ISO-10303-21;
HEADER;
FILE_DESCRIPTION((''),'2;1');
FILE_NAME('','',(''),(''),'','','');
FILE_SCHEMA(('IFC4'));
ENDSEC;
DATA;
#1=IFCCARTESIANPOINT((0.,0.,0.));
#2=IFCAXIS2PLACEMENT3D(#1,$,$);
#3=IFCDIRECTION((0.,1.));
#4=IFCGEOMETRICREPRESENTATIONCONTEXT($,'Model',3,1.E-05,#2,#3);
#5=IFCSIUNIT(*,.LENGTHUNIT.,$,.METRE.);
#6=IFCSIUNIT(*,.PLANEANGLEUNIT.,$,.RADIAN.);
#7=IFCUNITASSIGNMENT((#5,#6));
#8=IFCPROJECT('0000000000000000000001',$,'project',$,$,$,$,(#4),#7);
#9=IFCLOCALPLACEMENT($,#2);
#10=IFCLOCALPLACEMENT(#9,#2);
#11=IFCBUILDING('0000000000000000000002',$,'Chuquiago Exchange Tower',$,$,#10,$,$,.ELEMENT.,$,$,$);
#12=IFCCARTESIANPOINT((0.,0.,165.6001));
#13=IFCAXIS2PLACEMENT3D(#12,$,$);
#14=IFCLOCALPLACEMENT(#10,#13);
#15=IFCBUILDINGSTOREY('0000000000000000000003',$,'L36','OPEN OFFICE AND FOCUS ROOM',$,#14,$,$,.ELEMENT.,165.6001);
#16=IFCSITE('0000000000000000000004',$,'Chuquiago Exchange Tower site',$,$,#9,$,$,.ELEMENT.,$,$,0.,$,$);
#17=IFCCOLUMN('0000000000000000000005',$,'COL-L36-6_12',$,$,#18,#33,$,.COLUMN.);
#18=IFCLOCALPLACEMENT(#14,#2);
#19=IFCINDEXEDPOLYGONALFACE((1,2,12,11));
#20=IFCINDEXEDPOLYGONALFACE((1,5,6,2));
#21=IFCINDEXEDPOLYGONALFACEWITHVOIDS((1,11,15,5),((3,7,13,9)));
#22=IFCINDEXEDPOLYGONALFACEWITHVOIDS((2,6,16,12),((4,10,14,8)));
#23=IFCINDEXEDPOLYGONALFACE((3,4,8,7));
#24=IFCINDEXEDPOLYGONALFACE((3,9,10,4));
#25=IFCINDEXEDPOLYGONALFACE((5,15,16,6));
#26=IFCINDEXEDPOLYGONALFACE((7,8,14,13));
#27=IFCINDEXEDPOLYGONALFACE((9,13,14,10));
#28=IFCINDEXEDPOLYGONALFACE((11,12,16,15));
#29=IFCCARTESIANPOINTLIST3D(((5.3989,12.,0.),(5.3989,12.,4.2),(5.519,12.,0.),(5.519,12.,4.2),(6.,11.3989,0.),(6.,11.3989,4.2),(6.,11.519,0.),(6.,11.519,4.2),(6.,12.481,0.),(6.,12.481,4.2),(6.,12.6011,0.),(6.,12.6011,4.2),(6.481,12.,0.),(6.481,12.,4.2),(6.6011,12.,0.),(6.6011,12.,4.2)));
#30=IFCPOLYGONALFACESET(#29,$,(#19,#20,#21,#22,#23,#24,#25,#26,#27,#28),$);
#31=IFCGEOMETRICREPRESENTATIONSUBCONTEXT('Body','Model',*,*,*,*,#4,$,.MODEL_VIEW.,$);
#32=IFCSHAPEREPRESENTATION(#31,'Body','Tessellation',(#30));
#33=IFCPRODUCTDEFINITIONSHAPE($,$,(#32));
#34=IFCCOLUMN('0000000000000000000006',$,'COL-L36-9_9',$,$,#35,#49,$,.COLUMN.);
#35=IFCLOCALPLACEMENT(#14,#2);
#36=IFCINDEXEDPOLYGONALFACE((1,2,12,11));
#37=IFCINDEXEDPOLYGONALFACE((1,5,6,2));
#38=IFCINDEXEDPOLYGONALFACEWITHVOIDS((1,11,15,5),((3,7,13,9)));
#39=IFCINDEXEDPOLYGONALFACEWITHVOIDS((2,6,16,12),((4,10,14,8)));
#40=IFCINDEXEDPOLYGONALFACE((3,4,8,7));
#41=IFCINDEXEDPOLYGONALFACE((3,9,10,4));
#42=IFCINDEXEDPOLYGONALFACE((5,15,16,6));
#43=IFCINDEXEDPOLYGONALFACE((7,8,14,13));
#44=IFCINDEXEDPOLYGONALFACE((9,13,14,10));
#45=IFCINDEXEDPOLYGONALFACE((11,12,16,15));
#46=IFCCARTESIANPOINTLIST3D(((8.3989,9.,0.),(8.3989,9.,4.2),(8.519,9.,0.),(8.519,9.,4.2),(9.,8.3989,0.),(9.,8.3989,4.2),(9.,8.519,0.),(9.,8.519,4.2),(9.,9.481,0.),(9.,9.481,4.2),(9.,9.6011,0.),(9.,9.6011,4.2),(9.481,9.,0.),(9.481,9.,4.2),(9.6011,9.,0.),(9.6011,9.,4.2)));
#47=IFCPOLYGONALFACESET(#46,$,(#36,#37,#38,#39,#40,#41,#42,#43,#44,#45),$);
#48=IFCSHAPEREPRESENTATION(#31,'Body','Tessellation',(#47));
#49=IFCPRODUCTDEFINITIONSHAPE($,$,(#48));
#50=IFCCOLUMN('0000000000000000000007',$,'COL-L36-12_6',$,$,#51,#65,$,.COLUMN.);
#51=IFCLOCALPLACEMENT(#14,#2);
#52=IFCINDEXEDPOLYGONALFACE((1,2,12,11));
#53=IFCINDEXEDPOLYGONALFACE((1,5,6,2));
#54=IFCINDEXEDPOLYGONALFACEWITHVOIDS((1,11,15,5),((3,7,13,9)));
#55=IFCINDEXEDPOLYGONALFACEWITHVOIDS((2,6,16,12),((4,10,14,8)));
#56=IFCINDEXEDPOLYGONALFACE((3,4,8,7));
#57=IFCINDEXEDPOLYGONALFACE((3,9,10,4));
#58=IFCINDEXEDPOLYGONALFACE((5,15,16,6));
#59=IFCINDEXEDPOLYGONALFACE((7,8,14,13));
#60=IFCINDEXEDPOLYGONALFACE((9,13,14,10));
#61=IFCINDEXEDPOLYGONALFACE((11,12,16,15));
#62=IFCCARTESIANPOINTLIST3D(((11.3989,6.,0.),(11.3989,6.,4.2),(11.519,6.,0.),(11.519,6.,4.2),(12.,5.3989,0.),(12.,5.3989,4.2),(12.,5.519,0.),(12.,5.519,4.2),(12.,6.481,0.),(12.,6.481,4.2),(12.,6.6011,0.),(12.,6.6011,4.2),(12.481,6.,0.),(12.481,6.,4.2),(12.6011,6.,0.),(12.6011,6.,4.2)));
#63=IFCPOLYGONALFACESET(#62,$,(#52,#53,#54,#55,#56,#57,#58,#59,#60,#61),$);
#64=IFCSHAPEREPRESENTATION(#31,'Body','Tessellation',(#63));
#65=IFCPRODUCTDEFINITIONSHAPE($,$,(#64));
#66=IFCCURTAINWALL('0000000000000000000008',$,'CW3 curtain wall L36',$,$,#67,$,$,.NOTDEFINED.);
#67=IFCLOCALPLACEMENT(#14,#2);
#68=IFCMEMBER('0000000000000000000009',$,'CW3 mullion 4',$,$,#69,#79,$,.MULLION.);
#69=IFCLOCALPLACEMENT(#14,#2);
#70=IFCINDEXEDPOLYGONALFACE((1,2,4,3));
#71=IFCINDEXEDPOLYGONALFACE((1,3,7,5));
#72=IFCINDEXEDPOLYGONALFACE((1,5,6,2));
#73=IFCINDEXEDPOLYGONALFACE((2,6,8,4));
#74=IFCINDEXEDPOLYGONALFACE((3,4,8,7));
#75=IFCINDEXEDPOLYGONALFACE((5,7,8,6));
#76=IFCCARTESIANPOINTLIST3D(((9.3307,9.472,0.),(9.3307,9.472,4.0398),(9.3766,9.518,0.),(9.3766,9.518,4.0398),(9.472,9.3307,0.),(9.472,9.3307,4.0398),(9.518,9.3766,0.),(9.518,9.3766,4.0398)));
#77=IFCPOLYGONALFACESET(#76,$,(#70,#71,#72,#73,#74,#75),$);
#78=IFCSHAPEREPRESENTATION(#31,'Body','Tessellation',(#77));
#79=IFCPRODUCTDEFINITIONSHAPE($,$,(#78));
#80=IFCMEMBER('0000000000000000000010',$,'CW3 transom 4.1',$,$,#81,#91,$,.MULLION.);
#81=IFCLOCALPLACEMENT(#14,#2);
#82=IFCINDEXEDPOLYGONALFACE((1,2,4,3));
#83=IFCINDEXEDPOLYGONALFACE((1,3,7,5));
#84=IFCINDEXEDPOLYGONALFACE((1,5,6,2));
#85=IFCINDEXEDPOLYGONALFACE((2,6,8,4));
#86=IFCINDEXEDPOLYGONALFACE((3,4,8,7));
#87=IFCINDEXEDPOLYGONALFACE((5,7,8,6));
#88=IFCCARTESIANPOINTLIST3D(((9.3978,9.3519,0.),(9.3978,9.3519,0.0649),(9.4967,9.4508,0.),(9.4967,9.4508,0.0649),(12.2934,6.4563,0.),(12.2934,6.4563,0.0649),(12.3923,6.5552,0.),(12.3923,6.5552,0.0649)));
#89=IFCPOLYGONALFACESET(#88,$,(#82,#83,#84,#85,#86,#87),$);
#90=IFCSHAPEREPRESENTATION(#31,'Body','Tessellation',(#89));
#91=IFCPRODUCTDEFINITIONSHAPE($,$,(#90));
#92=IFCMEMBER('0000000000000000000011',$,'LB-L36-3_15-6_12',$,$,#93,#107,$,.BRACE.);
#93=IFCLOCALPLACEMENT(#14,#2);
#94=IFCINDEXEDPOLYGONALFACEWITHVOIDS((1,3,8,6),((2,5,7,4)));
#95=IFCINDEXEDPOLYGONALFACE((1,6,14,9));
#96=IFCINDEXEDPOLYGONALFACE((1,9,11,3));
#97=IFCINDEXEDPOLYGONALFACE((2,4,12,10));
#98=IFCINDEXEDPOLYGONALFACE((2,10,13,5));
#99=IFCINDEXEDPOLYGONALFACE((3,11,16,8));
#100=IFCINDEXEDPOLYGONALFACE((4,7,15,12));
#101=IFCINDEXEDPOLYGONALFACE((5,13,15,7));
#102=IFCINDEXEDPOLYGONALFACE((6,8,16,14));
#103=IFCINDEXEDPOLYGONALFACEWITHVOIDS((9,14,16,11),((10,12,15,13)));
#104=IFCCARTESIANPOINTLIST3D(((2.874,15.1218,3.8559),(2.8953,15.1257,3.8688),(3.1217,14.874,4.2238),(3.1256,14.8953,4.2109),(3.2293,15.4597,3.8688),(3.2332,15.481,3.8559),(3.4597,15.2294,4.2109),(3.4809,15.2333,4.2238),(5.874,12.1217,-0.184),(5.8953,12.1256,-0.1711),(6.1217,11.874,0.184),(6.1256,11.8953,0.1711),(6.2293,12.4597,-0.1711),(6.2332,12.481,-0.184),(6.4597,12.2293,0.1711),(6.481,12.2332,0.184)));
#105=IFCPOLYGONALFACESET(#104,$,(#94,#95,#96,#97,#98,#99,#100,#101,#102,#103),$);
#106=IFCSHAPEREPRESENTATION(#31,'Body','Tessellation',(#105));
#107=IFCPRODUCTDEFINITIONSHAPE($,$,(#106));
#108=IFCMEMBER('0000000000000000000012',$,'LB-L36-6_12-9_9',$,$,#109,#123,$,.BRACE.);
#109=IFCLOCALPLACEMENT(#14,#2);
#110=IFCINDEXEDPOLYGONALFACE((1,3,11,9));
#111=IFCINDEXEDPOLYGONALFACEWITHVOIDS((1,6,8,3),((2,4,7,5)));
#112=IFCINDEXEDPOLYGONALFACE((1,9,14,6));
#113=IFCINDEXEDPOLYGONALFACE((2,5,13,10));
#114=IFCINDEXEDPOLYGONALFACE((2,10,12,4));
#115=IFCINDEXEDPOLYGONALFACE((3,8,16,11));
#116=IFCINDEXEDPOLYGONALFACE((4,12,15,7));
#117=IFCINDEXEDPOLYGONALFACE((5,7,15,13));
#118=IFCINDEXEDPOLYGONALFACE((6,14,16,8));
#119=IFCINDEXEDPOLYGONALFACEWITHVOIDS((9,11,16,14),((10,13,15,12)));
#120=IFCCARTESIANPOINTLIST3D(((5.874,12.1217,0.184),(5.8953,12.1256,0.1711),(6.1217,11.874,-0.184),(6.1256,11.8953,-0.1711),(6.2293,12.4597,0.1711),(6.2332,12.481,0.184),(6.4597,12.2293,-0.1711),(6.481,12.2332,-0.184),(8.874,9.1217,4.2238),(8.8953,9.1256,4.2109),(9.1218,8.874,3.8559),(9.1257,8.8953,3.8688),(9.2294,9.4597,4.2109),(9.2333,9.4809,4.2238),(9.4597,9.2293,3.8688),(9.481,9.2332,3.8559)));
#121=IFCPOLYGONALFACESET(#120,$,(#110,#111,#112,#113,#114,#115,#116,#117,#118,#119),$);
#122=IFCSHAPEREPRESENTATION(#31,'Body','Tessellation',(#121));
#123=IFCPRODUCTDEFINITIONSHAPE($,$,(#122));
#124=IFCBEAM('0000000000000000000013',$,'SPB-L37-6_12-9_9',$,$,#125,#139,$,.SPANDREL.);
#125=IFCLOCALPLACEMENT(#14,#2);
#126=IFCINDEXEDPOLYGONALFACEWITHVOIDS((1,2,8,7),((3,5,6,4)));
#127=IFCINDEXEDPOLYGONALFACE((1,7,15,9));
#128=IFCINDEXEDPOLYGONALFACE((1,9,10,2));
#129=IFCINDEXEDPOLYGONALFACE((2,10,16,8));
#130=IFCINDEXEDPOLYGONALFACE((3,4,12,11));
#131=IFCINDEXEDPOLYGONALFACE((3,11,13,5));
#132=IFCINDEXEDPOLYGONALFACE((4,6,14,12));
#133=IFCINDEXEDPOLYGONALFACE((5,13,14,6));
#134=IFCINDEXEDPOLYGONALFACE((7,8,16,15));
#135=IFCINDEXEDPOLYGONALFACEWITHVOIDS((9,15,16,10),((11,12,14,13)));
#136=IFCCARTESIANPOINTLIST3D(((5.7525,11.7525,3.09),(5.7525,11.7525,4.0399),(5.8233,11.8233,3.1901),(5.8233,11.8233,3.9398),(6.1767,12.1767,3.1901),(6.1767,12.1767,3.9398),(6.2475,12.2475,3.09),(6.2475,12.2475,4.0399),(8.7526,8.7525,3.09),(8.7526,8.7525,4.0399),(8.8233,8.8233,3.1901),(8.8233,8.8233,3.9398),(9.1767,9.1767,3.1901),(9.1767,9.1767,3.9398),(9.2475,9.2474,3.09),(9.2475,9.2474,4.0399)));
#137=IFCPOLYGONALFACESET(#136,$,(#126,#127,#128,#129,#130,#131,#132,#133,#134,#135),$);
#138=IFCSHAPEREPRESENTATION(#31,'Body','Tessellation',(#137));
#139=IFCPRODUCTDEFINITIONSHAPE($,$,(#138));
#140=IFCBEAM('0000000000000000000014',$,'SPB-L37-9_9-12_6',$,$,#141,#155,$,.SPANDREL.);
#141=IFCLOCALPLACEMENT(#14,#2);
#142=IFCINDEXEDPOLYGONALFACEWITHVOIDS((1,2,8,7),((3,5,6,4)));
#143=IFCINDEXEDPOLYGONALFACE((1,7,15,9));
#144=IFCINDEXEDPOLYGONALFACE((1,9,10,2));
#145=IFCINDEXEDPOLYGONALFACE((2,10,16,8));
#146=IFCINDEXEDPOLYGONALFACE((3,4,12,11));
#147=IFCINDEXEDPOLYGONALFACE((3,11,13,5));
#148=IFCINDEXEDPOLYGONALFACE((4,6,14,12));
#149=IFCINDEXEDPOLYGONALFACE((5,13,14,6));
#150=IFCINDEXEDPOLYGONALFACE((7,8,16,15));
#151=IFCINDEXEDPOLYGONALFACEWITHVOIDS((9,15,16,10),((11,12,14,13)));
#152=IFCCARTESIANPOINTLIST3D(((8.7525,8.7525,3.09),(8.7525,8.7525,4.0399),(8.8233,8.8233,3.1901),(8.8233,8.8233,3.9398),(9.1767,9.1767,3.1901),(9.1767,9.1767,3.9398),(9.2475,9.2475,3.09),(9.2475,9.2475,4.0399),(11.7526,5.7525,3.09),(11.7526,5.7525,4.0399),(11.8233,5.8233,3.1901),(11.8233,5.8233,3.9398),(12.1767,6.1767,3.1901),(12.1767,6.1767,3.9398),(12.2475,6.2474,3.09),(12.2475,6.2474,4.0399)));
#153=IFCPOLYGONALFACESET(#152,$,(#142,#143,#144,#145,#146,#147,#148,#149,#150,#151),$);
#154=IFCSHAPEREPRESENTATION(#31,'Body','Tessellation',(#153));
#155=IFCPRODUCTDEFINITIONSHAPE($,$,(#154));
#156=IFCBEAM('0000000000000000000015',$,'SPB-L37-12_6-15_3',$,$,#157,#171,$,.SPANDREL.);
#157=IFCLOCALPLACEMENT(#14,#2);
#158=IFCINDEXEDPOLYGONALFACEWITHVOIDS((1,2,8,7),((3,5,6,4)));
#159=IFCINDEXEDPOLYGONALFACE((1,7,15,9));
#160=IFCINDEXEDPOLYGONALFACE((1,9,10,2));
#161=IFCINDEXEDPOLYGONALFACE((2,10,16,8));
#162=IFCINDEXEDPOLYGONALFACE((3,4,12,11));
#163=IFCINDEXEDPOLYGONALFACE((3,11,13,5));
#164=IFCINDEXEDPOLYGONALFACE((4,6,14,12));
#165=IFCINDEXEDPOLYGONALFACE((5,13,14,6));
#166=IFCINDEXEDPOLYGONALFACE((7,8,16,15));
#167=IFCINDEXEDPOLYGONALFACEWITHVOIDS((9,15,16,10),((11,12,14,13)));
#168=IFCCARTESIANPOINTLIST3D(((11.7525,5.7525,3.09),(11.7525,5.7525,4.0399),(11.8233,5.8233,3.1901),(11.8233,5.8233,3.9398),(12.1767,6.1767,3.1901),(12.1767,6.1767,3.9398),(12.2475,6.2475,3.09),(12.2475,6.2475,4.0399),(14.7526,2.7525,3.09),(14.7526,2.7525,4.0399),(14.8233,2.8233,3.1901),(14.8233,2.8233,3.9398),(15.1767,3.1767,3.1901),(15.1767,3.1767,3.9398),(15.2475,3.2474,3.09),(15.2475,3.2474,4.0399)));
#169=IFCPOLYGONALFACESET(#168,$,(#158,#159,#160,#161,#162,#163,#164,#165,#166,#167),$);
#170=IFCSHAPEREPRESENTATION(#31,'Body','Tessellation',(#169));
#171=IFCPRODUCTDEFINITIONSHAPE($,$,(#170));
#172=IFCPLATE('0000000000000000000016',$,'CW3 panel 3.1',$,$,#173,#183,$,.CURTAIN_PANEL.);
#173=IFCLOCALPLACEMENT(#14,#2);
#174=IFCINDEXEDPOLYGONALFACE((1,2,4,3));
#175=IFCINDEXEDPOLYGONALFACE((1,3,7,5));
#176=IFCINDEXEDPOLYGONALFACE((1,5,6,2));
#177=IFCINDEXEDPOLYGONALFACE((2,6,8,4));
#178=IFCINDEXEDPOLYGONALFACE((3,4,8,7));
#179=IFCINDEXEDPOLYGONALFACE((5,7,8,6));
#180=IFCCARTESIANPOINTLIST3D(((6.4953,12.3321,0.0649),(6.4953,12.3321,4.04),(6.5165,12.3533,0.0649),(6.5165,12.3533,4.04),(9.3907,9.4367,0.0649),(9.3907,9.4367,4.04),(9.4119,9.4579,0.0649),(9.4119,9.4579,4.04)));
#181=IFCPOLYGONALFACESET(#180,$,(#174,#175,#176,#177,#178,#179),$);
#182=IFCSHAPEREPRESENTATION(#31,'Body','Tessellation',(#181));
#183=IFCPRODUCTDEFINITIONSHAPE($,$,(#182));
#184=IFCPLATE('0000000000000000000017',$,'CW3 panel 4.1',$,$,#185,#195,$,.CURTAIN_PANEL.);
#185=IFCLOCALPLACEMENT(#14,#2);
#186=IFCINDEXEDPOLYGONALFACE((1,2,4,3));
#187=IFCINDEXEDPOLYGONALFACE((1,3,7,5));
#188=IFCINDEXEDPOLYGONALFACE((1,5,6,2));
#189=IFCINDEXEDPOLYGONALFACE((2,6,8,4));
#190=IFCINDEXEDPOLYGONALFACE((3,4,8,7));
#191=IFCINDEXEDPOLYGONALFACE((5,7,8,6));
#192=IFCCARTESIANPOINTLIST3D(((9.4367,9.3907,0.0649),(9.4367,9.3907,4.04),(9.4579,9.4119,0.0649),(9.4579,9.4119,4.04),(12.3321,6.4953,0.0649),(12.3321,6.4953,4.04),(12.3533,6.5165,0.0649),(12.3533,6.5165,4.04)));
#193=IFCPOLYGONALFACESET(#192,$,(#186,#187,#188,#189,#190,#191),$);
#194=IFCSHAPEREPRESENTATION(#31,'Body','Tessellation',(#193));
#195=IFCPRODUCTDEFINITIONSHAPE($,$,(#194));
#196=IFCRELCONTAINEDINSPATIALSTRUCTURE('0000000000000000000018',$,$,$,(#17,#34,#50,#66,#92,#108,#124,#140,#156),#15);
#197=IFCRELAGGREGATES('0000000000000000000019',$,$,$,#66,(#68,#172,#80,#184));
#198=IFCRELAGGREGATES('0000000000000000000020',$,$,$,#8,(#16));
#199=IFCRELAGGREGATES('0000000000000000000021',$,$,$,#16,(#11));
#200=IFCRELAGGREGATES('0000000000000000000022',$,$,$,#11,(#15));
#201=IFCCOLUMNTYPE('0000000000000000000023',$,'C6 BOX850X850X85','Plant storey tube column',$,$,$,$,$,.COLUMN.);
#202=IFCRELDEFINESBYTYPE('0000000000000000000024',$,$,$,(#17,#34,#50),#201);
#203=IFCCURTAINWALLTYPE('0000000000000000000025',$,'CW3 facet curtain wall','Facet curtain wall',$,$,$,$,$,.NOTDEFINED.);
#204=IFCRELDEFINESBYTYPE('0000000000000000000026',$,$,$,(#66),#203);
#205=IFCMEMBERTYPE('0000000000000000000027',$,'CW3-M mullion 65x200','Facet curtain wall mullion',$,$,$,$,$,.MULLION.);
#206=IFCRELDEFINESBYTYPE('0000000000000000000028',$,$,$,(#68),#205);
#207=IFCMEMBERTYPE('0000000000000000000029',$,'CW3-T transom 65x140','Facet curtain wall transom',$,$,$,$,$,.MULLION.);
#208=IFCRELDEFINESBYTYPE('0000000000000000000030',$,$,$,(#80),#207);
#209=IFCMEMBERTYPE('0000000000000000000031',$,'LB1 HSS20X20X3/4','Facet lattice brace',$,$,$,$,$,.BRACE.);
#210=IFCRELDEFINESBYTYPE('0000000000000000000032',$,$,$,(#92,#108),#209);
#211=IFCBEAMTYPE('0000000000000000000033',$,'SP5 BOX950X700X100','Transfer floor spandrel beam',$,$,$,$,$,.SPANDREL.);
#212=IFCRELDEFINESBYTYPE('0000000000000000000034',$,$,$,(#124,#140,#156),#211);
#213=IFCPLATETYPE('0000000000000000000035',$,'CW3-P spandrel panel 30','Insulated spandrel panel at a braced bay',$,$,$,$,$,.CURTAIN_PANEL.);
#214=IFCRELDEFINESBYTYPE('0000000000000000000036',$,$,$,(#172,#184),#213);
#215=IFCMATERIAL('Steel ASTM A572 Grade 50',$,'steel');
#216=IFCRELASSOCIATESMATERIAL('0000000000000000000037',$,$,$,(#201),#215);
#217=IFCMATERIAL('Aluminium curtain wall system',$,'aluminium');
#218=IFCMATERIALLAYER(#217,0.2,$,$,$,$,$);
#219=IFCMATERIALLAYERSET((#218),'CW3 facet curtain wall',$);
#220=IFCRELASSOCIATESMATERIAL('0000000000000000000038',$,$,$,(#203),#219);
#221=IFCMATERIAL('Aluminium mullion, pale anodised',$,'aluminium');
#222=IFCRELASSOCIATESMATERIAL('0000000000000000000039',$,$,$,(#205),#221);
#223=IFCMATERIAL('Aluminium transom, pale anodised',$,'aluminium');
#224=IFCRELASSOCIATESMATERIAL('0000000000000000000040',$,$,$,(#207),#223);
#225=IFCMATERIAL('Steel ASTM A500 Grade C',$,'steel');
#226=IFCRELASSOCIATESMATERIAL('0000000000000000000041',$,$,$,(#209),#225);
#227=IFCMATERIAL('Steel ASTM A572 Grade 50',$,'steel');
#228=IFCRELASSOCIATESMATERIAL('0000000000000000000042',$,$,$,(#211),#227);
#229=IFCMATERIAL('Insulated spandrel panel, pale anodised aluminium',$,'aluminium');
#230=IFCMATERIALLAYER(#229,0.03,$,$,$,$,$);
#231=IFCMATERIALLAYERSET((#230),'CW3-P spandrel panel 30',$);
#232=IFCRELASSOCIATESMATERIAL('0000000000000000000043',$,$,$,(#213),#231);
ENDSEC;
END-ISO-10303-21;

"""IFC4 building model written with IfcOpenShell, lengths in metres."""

from ifc_helpers import new_model, si_unit, direction, frame, origin, origin_2d, place, context, subcontext, project, spatial, rectangle, hollow_rectangle, extrude, material, layer, layer_set, material_profile, profile_set, type_object, element, aggregate, save


model = new_model("IFC4")

# Units and contexts
model_context = context("Model", 3, precision=1e-05, world=origin(), true_north=direction((0.0, 1.0)))
body_context = subcontext(model_context, "Body", "Model", "MODEL_VIEW")
ifc_project = project(units=[si_unit("LENGTHUNIT", "METRE"), si_unit("PLANEANGLEUNIT", "RADIAN")], contexts=[model_context])

# Site, building, storey
site_placement = place(None, origin())
site = spatial("IfcSite", under=ifc_project, at=site_placement, Name="Chuquiago Exchange Tower site", CompositionType="ELEMENT", RefElevation=0.0)
building_placement = place(site_placement, origin())
building = spatial("IfcBuilding", under=site, at=building_placement, Name="Chuquiago Exchange Tower", CompositionType="ELEMENT")
storey_placement = place(building_placement, frame((0.0, 0.0, 165.6001)))
storey = spatial("IfcBuildingStorey", under=building, at=storey_placement, Name="L36", Description="OPEN OFFICE AND FOCUS ROOM", CompositionType="ELEMENT", Elevation=165.6001)

# Columns
ifc_material_1 = material(Name="Steel ASTM A572 Grade 50", Category="steel")
ifc_material_profile_1 = material_profile(ifc_material_1, hollow_rectangle(XDim=0.8501, YDim=0.8501, WallThickness=0.085, at=origin_2d()), Name="BOX850X850X85")
ifc_profile_set_1 = profile_set([ifc_material_profile_1], Name="Steel ASTM A572 Grade 50")
column_type = type_object("IfcColumnType", Name="C6 BOX850X850X85", Description="Plant storey tube column", PredefinedType="COLUMN", material=ifc_profile_set_1)
for number, where, z_axis, x_axis, name in (
    (1, (6.0, 12.0, 0.0), (0.0, 0.0, 1.0), (-0.707107, -0.707107, 0.0), "COL-L36-6_12"),
    (2, (9.0, 9.0, 0.0), (0.0, 0.0, 1.0), (-0.707107, -0.707107, 0.0), "COL-L36-9_9"),
    (3, (12.0, 6.0, 0.0), (0.0, 0.0, 1.0), (-0.707107, -0.707107, 0.0), "COL-L36-12_6"),
):
    element("IfcColumn", number, at=place(storey_placement, frame(where, z_axis=z_axis, x_axis=x_axis)), inside=storey, type_object=column_type, Name=name, PredefinedType="COLUMN", context=body_context, shape_type="SweptSolid", body=[
        extrude(hollow_rectangle(XDim=0.8501, YDim=0.8501, WallThickness=0.085, at=origin_2d()), origin(), (0.0, 0.0, 1.0), 4.2),
    ])

# Curtain wall, members
ifc_material_2 = material(Name="Aluminium curtain wall system", Category="aluminium")
ifc_layer_1 = layer(ifc_material_2, 0.2)
ifc_layer_set_1 = layer_set([ifc_layer_1], Name="CW3 facet curtain wall")
curtain_wall_type = type_object("IfcCurtainWallType", Name="CW3 facet curtain wall", Description="Facet curtain wall", PredefinedType="NOTDEFINED", material=ifc_layer_set_1)
curtain_wall_placement = place(storey_placement, origin())
curtain_wall = element("IfcCurtainWall", 4, at=curtain_wall_placement, inside=storey, type_object=curtain_wall_type, Name="CW3 curtain wall L36", PredefinedType="NOTDEFINED")
ifc_material_3 = material(Name="Aluminium mullion, pale anodised", Category="aluminium")
ifc_material_profile_2 = material_profile(ifc_material_3, rectangle(XDim=0.0649, YDim=0.2, at=origin_2d()), Name="AL 65x200")
ifc_profile_set_2 = profile_set([ifc_material_profile_2], Name="Aluminium mullion, pale anodised")
member_type_1 = type_object("IfcMemberType", Name="CW3-M mullion 65x200", Description="Facet curtain wall mullion", PredefinedType="MULLION", material=ifc_profile_set_2)
member_1_placement = place(storey_placement, frame((9.4243, 9.4243, 0.0), z_axis=(0.0, 0.0, 1.0), x_axis=(0.707107, 0.707107, 0.0)))
member_1 = element("IfcMember", 5, at=member_1_placement, type_object=member_type_1, Name="CW3 mullion 4", PredefinedType="MULLION", context=body_context, shape_type="SweptSolid", body=[
    extrude(rectangle(XDim=0.0649, YDim=0.2, at=origin_2d()), origin(), (0.0, 0.0, 1.0), 4.0398),
])
ifc_material_4 = material(Name="Aluminium transom, pale anodised", Category="aluminium")
ifc_material_profile_3 = material_profile(ifc_material_4, rectangle(XDim=0.1399, YDim=0.0649, at=origin_2d()), Name="AL 140x65")
ifc_profile_set_3 = profile_set([ifc_material_profile_3], Name="Aluminium transom, pale anodised")
member_type_2 = type_object("IfcMemberType", Name="CW3-T transom 65x140", Description="Facet curtain wall transom", PredefinedType="MULLION", material=ifc_profile_set_3)
member_2_placement = place(storey_placement, frame((9.4473, 9.4014, 0.0325), z_axis=(0.707107, -0.707107, 0.0), x_axis=(0.707107, 0.707107, 0.0)))
member_2 = element("IfcMember", 6, at=member_2_placement, type_object=member_type_2, Name="CW3 transom 4.1", PredefinedType="MULLION", context=body_context, shape_type="SweptSolid", body=[
    extrude(rectangle(XDim=0.1399, YDim=0.0649, at=origin_2d()), origin(), (0.0, 0.0, 1.0), 4.095),
])

# Members
ifc_material_5 = material(Name="Steel ASTM A500 Grade C", Category="steel")
ifc_material_profile_4 = material_profile(ifc_material_5, hollow_rectangle(XDim=0.5081, YDim=0.5081, WallThickness=0.0178, at=origin_2d()), Name="HSS20X20X3/4")
ifc_profile_set_4 = profile_set([ifc_material_profile_4], Name="Steel ASTM A500 Grade C")
member_type_3 = type_object("IfcMemberType", Name="LB1 HSS20X20X3/4", Description="Facet lattice brace", PredefinedType="BRACE", material=ifc_profile_set_4)
for number, where, z_axis, x_axis, name in (
    (7, (6.1775, 12.1775, 0.0), (-0.512092, 0.512092, 0.689582), (-0.707107, -0.707107, 0.0), "LB-L36-3_15-6_12"),
    (8, (6.1775, 12.1775, 0.0), (0.512092, -0.512092, 0.689582), (0.707107, 0.707107, 0.0), "LB-L36-6_12-9_9"),
):
    element("IfcMember", number, at=place(storey_placement, frame(where, z_axis=z_axis, x_axis=x_axis)), inside=storey, type_object=member_type_3, Name=name, PredefinedType="BRACE", context=body_context, shape_type="SweptSolid", body=[
        extrude(hollow_rectangle(XDim=0.5081, YDim=0.5081, WallThickness=0.0178, at=origin_2d()), origin(), (0.0, 0.0, 1.0), 5.8584),
    ])

# Beams
ifc_material_6 = material(Name="Steel ASTM A572 Grade 50", Category="steel")
ifc_material_profile_5 = material_profile(ifc_material_6, hollow_rectangle(XDim=0.7, YDim=0.95, WallThickness=0.1001, at=origin_2d()), Name="BOX950X700X100")
ifc_profile_set_5 = profile_set([ifc_material_profile_5], Name="Steel ASTM A572 Grade 50")
beam_type = type_object("IfcBeamType", Name="SP5 BOX950X700X100", Description="Transfer floor spandrel beam", PredefinedType="SPANDREL", material=ifc_profile_set_5)
for number, where, z_axis, x_axis, name in (
    (9, (6.0, 12.0, 3.5649), (0.707107, -0.707107, 0.0), (0.707107, 0.707107, 0.0), "SPB-L37-6_12-9_9"),
    (10, (9.0, 9.0, 3.5649), (0.707107, -0.707107, 0.0), (0.707107, 0.707107, 0.0), "SPB-L37-9_9-12_6"),
    (11, (12.0, 6.0, 3.5649), (0.707107, -0.707107, 0.0), (0.707107, 0.707107, 0.0), "SPB-L37-12_6-15_3"),
):
    element("IfcBeam", number, at=place(storey_placement, frame(where, z_axis=z_axis, x_axis=x_axis)), inside=storey, type_object=beam_type, Name=name, PredefinedType="SPANDREL", context=body_context, shape_type="SweptSolid", body=[
        extrude(hollow_rectangle(XDim=0.7, YDim=0.95, WallThickness=0.1001, at=origin_2d()), origin(), (0.0, 0.0, 1.0), 4.2427),
    ])

# Plates
ifc_material_7 = material(Name="Insulated spandrel panel, pale anodised aluminium", Category="aluminium")
ifc_layer_2 = layer(ifc_material_7, 0.03)
ifc_layer_set_2 = layer_set([ifc_layer_2], Name="CW3-P spandrel panel 30")
plate_type = type_object("IfcPlateType", Name="CW3-P spandrel panel 30", Description="Insulated spandrel panel at a braced bay", PredefinedType="CURTAIN_PANEL", material=ifc_layer_set_2)
plate_1_placement = place(storey_placement, frame((7.9536, 10.895, 0.0649), z_axis=(0.0, 0.0, 1.0), x_axis=(0.707107, -0.707107, 0.0)))
plate_1 = element("IfcPlate", 12, at=plate_1_placement, type_object=plate_type, Name="CW3 panel 3.1", PredefinedType="CURTAIN_PANEL", context=body_context, shape_type="SweptSolid", body=[
    extrude(rectangle(XDim=4.0947, YDim=0.03, at=origin_2d()), origin(), (0.0, 0.0, 1.0), 3.9751),
])
plate_2_placement = place(storey_placement, frame((10.895, 7.9536, 0.0649), z_axis=(0.0, 0.0, 1.0), x_axis=(0.707107, -0.707107, 0.0)))
plate_2 = element("IfcPlate", 13, at=plate_2_placement, type_object=plate_type, Name="CW3 panel 4.1", PredefinedType="CURTAIN_PANEL", context=body_context, shape_type="SweptSolid", body=[
    extrude(rectangle(XDim=4.0947, YDim=0.03, at=origin_2d()), origin(), (0.0, 0.0, 1.0), 3.9751),
])
aggregate(curtain_wall, [member_1, plate_1, member_2, plate_2])

save(model, "model.ifc")
